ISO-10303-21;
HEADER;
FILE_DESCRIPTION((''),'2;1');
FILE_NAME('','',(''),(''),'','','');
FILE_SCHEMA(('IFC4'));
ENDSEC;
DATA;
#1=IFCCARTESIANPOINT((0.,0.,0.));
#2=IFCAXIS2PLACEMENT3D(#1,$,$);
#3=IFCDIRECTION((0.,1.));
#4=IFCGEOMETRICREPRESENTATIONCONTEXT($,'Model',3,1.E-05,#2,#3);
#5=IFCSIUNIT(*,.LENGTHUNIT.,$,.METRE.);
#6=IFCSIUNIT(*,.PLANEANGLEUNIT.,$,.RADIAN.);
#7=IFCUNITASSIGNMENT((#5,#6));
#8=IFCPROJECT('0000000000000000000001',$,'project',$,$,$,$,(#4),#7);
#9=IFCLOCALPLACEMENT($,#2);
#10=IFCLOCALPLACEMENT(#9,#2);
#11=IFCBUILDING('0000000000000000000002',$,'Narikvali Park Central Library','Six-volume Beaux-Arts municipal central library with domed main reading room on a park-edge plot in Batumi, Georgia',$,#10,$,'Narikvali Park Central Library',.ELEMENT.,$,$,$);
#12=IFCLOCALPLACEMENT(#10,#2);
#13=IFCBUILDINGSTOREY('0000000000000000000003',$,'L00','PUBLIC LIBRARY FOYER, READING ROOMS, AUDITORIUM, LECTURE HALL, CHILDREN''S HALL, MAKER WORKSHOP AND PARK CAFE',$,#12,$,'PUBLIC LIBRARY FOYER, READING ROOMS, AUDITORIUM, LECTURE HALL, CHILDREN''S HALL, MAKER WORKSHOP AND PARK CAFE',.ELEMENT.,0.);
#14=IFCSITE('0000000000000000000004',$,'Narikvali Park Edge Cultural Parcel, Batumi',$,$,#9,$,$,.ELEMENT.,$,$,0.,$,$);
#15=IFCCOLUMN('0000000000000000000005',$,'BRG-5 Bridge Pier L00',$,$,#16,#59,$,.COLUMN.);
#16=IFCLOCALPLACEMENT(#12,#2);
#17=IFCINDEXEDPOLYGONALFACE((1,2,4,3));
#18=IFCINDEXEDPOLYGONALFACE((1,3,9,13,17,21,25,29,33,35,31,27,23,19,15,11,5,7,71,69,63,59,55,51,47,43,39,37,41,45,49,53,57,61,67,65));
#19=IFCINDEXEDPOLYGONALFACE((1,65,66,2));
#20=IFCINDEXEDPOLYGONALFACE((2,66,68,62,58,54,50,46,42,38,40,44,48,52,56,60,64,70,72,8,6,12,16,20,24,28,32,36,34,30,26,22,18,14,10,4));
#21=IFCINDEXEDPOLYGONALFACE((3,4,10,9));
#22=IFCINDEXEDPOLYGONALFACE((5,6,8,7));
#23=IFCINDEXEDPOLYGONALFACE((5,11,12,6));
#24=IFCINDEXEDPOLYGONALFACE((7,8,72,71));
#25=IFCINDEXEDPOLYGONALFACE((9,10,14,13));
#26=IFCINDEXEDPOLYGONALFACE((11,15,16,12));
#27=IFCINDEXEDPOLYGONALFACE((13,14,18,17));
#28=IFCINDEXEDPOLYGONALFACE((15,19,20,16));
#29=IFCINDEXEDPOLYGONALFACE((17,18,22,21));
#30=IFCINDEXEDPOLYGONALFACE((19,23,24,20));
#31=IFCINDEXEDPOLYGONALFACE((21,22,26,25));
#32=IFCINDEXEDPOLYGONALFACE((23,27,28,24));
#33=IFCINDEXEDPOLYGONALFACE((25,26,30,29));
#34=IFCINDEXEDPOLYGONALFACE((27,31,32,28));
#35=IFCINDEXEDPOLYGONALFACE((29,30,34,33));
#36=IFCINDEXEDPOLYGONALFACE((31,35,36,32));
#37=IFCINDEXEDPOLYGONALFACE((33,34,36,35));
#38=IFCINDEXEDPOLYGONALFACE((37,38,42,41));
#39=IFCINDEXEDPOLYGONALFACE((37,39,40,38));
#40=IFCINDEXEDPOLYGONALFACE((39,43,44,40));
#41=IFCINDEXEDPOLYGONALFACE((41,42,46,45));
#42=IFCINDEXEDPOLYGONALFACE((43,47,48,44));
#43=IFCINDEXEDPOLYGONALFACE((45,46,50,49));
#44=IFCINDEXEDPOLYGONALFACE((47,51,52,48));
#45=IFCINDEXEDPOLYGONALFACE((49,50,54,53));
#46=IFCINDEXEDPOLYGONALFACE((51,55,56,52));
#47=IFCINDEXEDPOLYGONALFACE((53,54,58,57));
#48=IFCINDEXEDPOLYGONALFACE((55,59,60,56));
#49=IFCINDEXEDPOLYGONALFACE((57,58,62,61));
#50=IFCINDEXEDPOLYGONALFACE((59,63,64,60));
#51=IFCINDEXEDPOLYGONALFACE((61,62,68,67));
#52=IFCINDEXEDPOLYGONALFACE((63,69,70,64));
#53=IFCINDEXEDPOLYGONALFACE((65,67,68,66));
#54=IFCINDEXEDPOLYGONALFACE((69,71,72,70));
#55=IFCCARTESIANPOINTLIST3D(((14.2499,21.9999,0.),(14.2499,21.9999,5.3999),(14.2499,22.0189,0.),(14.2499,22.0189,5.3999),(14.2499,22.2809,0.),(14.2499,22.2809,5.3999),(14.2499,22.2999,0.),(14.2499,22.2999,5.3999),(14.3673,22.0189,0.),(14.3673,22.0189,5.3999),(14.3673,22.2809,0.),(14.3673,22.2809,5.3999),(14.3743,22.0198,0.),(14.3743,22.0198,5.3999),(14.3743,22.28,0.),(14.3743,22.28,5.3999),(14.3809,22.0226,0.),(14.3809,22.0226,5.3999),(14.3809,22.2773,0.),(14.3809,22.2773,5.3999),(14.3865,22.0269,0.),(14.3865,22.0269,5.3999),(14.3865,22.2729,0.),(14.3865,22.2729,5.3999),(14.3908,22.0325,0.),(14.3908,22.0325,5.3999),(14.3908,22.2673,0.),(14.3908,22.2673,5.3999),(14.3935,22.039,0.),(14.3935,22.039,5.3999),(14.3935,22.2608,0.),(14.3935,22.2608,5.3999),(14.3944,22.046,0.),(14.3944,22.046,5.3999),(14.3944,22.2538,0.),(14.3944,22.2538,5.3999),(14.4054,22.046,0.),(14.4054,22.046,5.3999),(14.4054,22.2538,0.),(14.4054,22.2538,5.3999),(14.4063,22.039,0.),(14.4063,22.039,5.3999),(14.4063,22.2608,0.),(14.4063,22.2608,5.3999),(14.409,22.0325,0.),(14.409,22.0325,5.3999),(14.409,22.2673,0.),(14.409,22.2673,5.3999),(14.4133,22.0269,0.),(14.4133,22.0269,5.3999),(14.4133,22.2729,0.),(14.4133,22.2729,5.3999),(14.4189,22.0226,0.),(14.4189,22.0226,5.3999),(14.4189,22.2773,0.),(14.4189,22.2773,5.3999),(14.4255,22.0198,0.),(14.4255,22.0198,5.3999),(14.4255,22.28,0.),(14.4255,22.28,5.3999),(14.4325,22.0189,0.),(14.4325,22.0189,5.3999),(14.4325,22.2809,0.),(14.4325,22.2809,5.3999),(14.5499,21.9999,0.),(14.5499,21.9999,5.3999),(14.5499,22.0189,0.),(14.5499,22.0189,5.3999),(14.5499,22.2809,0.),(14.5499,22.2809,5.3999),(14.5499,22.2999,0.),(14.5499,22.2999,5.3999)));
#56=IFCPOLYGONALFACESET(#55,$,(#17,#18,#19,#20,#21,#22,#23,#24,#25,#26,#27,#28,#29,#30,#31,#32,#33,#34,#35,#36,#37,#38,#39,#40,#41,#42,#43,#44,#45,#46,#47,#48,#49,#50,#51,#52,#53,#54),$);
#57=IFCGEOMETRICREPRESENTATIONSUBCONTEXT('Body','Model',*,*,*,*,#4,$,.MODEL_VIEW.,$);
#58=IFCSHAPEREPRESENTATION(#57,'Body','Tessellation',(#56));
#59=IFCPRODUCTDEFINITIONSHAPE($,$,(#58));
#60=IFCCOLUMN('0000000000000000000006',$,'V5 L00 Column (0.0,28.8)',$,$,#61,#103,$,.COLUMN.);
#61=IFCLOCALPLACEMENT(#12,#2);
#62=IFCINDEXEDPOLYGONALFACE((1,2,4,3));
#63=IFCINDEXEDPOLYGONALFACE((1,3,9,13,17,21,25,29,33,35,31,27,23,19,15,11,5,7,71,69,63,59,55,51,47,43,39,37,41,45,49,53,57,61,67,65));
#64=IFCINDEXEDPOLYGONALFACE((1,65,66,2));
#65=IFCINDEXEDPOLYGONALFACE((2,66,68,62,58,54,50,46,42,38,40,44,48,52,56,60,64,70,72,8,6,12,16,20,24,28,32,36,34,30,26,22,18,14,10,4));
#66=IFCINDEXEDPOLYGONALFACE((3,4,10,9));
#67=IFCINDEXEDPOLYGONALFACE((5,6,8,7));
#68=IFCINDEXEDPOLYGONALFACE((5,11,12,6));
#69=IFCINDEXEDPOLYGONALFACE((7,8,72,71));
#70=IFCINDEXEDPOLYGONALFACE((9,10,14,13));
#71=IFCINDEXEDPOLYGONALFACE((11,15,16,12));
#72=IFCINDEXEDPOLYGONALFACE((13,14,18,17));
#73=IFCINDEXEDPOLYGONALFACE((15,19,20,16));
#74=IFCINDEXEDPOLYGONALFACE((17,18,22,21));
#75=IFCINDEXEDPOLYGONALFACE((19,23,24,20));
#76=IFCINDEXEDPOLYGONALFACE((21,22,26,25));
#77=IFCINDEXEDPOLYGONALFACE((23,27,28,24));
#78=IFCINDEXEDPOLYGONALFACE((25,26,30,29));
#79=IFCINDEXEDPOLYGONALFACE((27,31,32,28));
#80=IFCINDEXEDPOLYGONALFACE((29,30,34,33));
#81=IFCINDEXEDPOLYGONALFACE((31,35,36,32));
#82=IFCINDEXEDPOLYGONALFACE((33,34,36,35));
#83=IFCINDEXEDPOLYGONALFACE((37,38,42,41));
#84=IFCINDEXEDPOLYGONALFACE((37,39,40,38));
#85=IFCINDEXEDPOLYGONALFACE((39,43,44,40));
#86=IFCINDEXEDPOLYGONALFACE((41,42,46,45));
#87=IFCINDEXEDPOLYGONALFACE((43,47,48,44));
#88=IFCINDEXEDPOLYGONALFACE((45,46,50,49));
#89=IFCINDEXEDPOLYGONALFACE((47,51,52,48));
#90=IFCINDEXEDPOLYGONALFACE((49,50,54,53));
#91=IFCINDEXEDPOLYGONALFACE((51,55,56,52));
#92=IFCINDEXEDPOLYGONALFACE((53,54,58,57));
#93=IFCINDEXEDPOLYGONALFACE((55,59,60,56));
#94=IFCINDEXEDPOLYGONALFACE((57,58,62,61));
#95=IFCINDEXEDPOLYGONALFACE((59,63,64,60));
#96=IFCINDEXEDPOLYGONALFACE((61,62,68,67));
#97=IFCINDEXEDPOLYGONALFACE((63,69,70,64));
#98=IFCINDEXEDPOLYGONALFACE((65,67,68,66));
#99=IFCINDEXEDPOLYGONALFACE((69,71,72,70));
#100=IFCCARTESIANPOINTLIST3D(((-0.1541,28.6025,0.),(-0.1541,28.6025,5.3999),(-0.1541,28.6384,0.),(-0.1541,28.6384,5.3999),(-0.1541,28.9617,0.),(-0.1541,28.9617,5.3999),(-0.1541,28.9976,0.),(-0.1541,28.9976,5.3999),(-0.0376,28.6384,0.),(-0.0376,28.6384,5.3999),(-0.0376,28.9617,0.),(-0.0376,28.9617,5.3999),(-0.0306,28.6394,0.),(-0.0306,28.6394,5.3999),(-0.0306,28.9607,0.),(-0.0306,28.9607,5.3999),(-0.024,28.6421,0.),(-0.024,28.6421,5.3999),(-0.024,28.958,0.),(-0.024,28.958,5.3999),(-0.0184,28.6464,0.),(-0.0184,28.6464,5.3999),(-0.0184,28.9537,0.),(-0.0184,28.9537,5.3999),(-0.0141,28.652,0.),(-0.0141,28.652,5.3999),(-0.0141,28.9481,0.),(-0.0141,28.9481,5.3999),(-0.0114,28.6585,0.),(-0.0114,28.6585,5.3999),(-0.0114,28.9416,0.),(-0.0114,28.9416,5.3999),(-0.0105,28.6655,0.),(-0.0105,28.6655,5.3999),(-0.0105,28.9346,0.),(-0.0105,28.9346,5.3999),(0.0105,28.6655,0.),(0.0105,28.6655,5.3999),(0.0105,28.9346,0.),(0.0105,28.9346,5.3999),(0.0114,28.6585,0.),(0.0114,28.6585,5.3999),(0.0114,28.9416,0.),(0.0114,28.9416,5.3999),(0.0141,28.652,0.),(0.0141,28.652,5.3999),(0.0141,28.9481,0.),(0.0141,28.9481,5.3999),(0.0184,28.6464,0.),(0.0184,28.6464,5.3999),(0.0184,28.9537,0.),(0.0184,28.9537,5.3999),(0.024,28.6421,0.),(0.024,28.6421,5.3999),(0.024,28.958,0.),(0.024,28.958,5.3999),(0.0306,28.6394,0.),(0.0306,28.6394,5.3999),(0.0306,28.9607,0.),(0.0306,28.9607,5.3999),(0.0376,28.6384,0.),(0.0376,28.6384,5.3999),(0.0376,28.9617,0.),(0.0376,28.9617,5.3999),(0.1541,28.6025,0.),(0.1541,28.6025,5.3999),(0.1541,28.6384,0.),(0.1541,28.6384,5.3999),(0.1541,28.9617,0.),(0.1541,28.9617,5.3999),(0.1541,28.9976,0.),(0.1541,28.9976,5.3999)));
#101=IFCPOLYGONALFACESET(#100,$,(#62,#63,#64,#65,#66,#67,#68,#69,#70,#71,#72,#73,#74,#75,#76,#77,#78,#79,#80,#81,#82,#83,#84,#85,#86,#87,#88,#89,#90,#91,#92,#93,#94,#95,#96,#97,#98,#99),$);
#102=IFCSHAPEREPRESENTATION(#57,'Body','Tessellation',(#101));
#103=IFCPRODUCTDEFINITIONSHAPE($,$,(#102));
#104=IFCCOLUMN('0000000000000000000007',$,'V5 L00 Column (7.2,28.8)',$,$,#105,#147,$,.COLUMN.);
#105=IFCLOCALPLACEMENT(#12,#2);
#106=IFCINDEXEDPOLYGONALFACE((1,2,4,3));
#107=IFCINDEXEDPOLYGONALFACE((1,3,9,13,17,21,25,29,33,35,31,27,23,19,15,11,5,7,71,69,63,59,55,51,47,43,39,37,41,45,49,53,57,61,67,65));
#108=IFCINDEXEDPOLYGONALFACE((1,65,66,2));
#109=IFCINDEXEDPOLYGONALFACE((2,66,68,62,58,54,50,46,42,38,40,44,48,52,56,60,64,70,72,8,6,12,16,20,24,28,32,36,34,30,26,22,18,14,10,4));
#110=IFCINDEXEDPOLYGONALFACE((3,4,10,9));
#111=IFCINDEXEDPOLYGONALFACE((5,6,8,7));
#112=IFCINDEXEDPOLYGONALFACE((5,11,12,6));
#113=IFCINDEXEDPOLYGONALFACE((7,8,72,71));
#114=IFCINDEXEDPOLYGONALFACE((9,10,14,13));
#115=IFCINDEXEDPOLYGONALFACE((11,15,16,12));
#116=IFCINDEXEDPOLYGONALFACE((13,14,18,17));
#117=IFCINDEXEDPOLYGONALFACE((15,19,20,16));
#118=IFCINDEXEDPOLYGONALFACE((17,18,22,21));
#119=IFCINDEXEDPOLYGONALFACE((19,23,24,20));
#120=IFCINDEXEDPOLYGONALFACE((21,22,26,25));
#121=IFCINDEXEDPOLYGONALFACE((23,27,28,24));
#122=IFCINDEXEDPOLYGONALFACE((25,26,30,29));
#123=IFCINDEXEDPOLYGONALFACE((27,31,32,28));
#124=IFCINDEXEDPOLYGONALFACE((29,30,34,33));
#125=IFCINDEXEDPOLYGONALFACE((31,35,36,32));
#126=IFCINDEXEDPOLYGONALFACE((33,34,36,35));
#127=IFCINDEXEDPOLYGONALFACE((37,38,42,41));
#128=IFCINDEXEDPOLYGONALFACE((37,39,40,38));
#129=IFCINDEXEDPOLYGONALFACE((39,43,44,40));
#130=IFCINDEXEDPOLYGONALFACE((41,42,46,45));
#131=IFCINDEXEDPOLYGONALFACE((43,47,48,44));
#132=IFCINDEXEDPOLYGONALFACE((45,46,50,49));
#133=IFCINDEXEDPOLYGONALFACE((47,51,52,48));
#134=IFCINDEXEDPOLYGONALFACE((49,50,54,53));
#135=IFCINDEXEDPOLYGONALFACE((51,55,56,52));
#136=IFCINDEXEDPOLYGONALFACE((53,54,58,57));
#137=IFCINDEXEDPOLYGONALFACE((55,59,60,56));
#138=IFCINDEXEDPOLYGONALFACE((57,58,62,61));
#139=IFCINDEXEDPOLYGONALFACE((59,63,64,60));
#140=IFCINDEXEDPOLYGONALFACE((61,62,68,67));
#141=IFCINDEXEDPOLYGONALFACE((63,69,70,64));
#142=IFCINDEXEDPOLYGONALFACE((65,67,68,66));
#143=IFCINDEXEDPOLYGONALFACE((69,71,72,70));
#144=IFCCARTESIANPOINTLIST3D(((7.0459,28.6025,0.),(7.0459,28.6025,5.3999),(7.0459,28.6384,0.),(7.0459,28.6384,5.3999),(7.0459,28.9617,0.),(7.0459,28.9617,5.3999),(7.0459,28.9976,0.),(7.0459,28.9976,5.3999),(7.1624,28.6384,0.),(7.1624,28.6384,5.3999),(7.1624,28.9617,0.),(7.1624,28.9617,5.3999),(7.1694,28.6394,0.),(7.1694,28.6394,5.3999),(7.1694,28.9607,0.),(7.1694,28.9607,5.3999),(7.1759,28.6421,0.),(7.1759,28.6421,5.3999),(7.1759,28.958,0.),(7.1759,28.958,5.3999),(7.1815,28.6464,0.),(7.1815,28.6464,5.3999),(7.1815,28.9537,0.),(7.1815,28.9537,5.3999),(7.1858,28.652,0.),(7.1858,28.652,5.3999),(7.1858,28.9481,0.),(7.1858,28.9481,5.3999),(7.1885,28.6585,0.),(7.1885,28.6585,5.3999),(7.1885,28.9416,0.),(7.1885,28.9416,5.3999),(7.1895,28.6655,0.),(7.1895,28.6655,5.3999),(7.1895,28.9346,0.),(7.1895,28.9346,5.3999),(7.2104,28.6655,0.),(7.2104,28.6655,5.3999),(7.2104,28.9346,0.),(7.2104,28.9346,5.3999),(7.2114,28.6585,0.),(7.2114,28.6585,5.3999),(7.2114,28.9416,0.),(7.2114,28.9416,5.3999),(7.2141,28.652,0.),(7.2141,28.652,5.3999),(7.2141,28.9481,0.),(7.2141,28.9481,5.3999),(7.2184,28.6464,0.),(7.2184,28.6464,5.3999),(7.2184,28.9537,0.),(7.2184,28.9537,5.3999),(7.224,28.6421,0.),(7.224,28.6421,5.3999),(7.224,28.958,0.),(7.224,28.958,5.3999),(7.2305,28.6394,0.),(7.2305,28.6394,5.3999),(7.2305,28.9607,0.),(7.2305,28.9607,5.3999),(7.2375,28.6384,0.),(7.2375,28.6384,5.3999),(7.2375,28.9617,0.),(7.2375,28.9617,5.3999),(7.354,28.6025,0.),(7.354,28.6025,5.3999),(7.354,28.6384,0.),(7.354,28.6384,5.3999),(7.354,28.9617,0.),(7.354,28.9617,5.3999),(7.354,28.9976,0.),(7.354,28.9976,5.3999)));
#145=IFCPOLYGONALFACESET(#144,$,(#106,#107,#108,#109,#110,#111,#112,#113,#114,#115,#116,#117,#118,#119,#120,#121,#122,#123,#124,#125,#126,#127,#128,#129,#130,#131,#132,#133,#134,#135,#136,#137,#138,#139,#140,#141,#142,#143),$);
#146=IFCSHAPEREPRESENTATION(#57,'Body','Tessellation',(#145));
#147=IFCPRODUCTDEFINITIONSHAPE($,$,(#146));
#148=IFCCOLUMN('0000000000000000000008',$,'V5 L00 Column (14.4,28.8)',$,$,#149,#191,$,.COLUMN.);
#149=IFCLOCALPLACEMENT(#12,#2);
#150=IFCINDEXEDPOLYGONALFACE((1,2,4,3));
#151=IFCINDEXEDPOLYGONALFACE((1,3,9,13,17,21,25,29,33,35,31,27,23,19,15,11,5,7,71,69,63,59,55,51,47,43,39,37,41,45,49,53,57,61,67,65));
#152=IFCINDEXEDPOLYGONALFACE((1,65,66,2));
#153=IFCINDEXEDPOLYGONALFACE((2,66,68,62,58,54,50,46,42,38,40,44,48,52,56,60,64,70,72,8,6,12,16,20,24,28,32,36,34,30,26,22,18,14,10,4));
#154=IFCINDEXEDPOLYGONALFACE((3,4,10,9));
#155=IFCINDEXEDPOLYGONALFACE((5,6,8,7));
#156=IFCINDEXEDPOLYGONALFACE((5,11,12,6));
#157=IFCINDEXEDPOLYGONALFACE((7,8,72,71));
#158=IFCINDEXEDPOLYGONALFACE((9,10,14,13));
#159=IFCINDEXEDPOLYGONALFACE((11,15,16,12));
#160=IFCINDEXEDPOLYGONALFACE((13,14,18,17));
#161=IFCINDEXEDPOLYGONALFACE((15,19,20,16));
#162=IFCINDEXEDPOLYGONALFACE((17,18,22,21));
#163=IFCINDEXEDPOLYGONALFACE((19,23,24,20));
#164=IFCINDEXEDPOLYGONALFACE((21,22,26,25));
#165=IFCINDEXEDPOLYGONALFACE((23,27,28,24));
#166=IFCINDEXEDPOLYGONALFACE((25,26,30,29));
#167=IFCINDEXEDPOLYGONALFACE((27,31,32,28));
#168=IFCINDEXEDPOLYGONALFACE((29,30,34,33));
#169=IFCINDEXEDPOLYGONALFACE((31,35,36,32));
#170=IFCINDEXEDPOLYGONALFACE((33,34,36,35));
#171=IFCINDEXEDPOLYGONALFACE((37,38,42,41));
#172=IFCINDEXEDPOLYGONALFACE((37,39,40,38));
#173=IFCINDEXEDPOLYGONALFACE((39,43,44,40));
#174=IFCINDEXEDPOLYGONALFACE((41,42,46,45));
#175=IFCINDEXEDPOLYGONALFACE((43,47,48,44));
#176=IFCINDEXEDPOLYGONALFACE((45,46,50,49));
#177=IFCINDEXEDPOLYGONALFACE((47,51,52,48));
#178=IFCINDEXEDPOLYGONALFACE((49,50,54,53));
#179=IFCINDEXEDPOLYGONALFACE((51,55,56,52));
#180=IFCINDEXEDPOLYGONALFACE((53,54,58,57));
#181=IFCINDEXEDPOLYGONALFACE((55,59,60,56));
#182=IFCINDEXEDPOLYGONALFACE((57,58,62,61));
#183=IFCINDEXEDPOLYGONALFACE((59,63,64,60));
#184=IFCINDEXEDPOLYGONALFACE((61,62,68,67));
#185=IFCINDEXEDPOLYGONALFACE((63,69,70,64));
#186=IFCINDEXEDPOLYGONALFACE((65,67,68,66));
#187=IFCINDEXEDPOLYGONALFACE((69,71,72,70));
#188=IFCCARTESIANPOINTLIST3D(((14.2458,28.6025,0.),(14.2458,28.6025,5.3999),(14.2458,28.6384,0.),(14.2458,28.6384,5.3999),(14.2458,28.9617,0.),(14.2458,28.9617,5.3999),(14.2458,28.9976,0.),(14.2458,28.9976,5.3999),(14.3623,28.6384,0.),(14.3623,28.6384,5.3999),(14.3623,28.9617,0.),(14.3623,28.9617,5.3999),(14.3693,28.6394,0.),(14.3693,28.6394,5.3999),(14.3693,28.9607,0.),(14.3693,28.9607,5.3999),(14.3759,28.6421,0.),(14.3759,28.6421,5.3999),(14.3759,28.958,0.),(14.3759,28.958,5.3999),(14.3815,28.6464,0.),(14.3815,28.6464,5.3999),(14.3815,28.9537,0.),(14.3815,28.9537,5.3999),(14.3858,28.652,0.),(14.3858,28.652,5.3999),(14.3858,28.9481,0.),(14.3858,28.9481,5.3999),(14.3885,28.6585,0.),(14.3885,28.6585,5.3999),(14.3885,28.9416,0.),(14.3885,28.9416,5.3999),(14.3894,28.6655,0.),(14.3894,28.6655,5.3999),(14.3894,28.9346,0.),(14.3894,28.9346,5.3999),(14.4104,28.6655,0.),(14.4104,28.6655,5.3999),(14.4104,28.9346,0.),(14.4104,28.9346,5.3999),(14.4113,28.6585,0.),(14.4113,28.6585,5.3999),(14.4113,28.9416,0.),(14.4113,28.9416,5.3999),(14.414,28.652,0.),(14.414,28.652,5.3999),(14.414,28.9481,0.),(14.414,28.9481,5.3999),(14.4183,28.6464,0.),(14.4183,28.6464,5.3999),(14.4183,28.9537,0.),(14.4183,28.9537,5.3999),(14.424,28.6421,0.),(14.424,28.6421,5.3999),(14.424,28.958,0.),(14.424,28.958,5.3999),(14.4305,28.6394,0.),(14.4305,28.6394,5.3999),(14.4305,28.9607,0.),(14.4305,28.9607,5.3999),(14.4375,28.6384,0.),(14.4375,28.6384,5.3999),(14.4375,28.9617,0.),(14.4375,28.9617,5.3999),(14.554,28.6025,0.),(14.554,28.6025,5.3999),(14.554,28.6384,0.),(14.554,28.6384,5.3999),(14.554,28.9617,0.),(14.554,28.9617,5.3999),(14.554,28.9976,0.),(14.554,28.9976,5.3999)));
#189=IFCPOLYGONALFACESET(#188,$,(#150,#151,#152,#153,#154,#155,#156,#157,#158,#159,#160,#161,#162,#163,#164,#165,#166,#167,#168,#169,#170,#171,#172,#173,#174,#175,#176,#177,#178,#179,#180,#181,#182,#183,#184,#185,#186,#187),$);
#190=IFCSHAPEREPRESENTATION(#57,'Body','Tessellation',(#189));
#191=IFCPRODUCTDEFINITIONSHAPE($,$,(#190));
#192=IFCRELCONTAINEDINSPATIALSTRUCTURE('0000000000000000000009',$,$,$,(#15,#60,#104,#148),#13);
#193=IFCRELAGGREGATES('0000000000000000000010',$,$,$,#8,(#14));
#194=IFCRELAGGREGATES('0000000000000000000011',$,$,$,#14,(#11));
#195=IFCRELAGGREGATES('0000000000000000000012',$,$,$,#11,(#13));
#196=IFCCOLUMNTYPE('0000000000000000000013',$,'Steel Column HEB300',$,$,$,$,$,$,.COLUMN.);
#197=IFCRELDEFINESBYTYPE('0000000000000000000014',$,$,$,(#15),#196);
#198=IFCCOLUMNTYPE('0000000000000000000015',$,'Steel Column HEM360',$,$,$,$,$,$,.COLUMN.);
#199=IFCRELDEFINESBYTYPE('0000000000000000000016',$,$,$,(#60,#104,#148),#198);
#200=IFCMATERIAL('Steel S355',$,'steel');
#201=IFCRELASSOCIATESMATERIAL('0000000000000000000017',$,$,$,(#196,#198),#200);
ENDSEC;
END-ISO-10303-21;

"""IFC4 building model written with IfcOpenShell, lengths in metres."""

from ifc_helpers import new_model, si_unit, direction, frame, origin, origin_2d, place, context, subcontext, project, spatial, i_section, extrude, material, material_profile, profile_set, type_object, element, save


model = new_model("IFC4")

# Units and contexts
model_context = context("Model", 3, precision=1e-05, world=origin(), true_north=direction((0.0, 1.0)))
body_context = subcontext(model_context, "Body", "Model", "MODEL_VIEW")
ifc_project = project(units=[si_unit("LENGTHUNIT", "METRE"), si_unit("PLANEANGLEUNIT", "RADIAN")], contexts=[model_context])

# Site, building, storey
site_placement = place(None, origin())
site = spatial("IfcSite", under=ifc_project, at=site_placement, Name="Narikvali Park Edge Cultural Parcel, Batumi", CompositionType="ELEMENT", RefElevation=0.0)
building_placement = place(site_placement, origin())
building = spatial("IfcBuilding", under=site, at=building_placement, Name="Narikvali Park Central Library", Description="Six-volume Beaux-Arts municipal central library with domed main reading room on a park-edge plot in Batumi, Georgia", LongName="Narikvali Park Central Library", CompositionType="ELEMENT")
storey_placement = place(building_placement, origin())
storey = spatial("IfcBuildingStorey", under=building, at=storey_placement, Name="L00", Description="PUBLIC LIBRARY FOYER, READING ROOMS, AUDITORIUM, LECTURE HALL, CHILDREN'S HALL, MAKER WORKSHOP AND PARK CAFE", LongName="PUBLIC LIBRARY FOYER, READING ROOMS, AUDITORIUM, LECTURE HALL, CHILDREN'S HALL, MAKER WORKSHOP AND PARK CAFE", CompositionType="ELEMENT", Elevation=0.0)

# Columns
ifc_material_1 = material(Name="Steel S355", Category="steel")
ifc_material_profile_1 = material_profile(ifc_material_1, i_section(OverallWidth=0.3, OverallDepth=0.3, WebThickness=0.011, FlangeThickness=0.019, FilletRadius=0.0271, at=origin_2d()), Name="HEB 300")
ifc_profile_set_1 = profile_set([ifc_material_profile_1], Name="Steel S355")
column_type_1 = type_object("IfcColumnType", Name="Steel Column HEB300", PredefinedType="COLUMN", material=ifc_profile_set_1)
column_placement = place(storey_placement, frame((14.3999, 22.1499, 0.0), z_axis=(0.0, 0.0, 1.0), x_axis=(1.0, 0.0, 0.0)))
element("IfcColumn", 1, at=column_placement, inside=storey, type_object=column_type_1, Name="BRG-5 Bridge Pier L00", PredefinedType="COLUMN", context=body_context, shape_type="SweptSolid", body=[
    extrude(i_section(OverallWidth=0.3, OverallDepth=0.3, WebThickness=0.011, FlangeThickness=0.019, FilletRadius=0.0271, at=origin_2d()), origin(), (0.0, 0.0, 1.0), 5.3999),
])
ifc_material_profile_2 = material_profile(ifc_material_1, i_section(OverallWidth=0.3081, OverallDepth=0.395, WebThickness=0.021, FlangeThickness=0.0359, FilletRadius=0.0271, at=origin_2d()), Name="HEM 360")
ifc_profile_set_2 = profile_set([ifc_material_profile_2], Name="Steel S355")
column_type_2 = type_object("IfcColumnType", Name="Steel Column HEM360", PredefinedType="COLUMN", material=ifc_profile_set_2)
for number, where, z_axis, x_axis, name in (
    (2, (0.0, 28.8, 0.0), (0.0, 0.0, 1.0), (1.0, 0.0, 0.0), "V5 L00 Column (0.0,28.8)"),
    (3, (7.2, 28.8, 0.0), (0.0, 0.0, 1.0), (1.0, 0.0, 0.0), "V5 L00 Column (7.2,28.8)"),
    (4, (14.3999, 28.8, 0.0), (0.0, 0.0, 1.0), (1.0, 0.0, 0.0), "V5 L00 Column (14.4,28.8)"),
):
    element("IfcColumn", number, at=place(storey_placement, frame(where, z_axis=z_axis, x_axis=x_axis)), inside=storey, type_object=column_type_2, Name=name, PredefinedType="COLUMN", context=body_context, shape_type="SweptSolid", body=[
        extrude(i_section(OverallWidth=0.3081, OverallDepth=0.395, WebThickness=0.021, FlangeThickness=0.0359, FilletRadius=0.0271, at=origin_2d()), origin(), (0.0, 0.0, 1.0), 5.3999),
    ])

save(model, "model.ifc")
